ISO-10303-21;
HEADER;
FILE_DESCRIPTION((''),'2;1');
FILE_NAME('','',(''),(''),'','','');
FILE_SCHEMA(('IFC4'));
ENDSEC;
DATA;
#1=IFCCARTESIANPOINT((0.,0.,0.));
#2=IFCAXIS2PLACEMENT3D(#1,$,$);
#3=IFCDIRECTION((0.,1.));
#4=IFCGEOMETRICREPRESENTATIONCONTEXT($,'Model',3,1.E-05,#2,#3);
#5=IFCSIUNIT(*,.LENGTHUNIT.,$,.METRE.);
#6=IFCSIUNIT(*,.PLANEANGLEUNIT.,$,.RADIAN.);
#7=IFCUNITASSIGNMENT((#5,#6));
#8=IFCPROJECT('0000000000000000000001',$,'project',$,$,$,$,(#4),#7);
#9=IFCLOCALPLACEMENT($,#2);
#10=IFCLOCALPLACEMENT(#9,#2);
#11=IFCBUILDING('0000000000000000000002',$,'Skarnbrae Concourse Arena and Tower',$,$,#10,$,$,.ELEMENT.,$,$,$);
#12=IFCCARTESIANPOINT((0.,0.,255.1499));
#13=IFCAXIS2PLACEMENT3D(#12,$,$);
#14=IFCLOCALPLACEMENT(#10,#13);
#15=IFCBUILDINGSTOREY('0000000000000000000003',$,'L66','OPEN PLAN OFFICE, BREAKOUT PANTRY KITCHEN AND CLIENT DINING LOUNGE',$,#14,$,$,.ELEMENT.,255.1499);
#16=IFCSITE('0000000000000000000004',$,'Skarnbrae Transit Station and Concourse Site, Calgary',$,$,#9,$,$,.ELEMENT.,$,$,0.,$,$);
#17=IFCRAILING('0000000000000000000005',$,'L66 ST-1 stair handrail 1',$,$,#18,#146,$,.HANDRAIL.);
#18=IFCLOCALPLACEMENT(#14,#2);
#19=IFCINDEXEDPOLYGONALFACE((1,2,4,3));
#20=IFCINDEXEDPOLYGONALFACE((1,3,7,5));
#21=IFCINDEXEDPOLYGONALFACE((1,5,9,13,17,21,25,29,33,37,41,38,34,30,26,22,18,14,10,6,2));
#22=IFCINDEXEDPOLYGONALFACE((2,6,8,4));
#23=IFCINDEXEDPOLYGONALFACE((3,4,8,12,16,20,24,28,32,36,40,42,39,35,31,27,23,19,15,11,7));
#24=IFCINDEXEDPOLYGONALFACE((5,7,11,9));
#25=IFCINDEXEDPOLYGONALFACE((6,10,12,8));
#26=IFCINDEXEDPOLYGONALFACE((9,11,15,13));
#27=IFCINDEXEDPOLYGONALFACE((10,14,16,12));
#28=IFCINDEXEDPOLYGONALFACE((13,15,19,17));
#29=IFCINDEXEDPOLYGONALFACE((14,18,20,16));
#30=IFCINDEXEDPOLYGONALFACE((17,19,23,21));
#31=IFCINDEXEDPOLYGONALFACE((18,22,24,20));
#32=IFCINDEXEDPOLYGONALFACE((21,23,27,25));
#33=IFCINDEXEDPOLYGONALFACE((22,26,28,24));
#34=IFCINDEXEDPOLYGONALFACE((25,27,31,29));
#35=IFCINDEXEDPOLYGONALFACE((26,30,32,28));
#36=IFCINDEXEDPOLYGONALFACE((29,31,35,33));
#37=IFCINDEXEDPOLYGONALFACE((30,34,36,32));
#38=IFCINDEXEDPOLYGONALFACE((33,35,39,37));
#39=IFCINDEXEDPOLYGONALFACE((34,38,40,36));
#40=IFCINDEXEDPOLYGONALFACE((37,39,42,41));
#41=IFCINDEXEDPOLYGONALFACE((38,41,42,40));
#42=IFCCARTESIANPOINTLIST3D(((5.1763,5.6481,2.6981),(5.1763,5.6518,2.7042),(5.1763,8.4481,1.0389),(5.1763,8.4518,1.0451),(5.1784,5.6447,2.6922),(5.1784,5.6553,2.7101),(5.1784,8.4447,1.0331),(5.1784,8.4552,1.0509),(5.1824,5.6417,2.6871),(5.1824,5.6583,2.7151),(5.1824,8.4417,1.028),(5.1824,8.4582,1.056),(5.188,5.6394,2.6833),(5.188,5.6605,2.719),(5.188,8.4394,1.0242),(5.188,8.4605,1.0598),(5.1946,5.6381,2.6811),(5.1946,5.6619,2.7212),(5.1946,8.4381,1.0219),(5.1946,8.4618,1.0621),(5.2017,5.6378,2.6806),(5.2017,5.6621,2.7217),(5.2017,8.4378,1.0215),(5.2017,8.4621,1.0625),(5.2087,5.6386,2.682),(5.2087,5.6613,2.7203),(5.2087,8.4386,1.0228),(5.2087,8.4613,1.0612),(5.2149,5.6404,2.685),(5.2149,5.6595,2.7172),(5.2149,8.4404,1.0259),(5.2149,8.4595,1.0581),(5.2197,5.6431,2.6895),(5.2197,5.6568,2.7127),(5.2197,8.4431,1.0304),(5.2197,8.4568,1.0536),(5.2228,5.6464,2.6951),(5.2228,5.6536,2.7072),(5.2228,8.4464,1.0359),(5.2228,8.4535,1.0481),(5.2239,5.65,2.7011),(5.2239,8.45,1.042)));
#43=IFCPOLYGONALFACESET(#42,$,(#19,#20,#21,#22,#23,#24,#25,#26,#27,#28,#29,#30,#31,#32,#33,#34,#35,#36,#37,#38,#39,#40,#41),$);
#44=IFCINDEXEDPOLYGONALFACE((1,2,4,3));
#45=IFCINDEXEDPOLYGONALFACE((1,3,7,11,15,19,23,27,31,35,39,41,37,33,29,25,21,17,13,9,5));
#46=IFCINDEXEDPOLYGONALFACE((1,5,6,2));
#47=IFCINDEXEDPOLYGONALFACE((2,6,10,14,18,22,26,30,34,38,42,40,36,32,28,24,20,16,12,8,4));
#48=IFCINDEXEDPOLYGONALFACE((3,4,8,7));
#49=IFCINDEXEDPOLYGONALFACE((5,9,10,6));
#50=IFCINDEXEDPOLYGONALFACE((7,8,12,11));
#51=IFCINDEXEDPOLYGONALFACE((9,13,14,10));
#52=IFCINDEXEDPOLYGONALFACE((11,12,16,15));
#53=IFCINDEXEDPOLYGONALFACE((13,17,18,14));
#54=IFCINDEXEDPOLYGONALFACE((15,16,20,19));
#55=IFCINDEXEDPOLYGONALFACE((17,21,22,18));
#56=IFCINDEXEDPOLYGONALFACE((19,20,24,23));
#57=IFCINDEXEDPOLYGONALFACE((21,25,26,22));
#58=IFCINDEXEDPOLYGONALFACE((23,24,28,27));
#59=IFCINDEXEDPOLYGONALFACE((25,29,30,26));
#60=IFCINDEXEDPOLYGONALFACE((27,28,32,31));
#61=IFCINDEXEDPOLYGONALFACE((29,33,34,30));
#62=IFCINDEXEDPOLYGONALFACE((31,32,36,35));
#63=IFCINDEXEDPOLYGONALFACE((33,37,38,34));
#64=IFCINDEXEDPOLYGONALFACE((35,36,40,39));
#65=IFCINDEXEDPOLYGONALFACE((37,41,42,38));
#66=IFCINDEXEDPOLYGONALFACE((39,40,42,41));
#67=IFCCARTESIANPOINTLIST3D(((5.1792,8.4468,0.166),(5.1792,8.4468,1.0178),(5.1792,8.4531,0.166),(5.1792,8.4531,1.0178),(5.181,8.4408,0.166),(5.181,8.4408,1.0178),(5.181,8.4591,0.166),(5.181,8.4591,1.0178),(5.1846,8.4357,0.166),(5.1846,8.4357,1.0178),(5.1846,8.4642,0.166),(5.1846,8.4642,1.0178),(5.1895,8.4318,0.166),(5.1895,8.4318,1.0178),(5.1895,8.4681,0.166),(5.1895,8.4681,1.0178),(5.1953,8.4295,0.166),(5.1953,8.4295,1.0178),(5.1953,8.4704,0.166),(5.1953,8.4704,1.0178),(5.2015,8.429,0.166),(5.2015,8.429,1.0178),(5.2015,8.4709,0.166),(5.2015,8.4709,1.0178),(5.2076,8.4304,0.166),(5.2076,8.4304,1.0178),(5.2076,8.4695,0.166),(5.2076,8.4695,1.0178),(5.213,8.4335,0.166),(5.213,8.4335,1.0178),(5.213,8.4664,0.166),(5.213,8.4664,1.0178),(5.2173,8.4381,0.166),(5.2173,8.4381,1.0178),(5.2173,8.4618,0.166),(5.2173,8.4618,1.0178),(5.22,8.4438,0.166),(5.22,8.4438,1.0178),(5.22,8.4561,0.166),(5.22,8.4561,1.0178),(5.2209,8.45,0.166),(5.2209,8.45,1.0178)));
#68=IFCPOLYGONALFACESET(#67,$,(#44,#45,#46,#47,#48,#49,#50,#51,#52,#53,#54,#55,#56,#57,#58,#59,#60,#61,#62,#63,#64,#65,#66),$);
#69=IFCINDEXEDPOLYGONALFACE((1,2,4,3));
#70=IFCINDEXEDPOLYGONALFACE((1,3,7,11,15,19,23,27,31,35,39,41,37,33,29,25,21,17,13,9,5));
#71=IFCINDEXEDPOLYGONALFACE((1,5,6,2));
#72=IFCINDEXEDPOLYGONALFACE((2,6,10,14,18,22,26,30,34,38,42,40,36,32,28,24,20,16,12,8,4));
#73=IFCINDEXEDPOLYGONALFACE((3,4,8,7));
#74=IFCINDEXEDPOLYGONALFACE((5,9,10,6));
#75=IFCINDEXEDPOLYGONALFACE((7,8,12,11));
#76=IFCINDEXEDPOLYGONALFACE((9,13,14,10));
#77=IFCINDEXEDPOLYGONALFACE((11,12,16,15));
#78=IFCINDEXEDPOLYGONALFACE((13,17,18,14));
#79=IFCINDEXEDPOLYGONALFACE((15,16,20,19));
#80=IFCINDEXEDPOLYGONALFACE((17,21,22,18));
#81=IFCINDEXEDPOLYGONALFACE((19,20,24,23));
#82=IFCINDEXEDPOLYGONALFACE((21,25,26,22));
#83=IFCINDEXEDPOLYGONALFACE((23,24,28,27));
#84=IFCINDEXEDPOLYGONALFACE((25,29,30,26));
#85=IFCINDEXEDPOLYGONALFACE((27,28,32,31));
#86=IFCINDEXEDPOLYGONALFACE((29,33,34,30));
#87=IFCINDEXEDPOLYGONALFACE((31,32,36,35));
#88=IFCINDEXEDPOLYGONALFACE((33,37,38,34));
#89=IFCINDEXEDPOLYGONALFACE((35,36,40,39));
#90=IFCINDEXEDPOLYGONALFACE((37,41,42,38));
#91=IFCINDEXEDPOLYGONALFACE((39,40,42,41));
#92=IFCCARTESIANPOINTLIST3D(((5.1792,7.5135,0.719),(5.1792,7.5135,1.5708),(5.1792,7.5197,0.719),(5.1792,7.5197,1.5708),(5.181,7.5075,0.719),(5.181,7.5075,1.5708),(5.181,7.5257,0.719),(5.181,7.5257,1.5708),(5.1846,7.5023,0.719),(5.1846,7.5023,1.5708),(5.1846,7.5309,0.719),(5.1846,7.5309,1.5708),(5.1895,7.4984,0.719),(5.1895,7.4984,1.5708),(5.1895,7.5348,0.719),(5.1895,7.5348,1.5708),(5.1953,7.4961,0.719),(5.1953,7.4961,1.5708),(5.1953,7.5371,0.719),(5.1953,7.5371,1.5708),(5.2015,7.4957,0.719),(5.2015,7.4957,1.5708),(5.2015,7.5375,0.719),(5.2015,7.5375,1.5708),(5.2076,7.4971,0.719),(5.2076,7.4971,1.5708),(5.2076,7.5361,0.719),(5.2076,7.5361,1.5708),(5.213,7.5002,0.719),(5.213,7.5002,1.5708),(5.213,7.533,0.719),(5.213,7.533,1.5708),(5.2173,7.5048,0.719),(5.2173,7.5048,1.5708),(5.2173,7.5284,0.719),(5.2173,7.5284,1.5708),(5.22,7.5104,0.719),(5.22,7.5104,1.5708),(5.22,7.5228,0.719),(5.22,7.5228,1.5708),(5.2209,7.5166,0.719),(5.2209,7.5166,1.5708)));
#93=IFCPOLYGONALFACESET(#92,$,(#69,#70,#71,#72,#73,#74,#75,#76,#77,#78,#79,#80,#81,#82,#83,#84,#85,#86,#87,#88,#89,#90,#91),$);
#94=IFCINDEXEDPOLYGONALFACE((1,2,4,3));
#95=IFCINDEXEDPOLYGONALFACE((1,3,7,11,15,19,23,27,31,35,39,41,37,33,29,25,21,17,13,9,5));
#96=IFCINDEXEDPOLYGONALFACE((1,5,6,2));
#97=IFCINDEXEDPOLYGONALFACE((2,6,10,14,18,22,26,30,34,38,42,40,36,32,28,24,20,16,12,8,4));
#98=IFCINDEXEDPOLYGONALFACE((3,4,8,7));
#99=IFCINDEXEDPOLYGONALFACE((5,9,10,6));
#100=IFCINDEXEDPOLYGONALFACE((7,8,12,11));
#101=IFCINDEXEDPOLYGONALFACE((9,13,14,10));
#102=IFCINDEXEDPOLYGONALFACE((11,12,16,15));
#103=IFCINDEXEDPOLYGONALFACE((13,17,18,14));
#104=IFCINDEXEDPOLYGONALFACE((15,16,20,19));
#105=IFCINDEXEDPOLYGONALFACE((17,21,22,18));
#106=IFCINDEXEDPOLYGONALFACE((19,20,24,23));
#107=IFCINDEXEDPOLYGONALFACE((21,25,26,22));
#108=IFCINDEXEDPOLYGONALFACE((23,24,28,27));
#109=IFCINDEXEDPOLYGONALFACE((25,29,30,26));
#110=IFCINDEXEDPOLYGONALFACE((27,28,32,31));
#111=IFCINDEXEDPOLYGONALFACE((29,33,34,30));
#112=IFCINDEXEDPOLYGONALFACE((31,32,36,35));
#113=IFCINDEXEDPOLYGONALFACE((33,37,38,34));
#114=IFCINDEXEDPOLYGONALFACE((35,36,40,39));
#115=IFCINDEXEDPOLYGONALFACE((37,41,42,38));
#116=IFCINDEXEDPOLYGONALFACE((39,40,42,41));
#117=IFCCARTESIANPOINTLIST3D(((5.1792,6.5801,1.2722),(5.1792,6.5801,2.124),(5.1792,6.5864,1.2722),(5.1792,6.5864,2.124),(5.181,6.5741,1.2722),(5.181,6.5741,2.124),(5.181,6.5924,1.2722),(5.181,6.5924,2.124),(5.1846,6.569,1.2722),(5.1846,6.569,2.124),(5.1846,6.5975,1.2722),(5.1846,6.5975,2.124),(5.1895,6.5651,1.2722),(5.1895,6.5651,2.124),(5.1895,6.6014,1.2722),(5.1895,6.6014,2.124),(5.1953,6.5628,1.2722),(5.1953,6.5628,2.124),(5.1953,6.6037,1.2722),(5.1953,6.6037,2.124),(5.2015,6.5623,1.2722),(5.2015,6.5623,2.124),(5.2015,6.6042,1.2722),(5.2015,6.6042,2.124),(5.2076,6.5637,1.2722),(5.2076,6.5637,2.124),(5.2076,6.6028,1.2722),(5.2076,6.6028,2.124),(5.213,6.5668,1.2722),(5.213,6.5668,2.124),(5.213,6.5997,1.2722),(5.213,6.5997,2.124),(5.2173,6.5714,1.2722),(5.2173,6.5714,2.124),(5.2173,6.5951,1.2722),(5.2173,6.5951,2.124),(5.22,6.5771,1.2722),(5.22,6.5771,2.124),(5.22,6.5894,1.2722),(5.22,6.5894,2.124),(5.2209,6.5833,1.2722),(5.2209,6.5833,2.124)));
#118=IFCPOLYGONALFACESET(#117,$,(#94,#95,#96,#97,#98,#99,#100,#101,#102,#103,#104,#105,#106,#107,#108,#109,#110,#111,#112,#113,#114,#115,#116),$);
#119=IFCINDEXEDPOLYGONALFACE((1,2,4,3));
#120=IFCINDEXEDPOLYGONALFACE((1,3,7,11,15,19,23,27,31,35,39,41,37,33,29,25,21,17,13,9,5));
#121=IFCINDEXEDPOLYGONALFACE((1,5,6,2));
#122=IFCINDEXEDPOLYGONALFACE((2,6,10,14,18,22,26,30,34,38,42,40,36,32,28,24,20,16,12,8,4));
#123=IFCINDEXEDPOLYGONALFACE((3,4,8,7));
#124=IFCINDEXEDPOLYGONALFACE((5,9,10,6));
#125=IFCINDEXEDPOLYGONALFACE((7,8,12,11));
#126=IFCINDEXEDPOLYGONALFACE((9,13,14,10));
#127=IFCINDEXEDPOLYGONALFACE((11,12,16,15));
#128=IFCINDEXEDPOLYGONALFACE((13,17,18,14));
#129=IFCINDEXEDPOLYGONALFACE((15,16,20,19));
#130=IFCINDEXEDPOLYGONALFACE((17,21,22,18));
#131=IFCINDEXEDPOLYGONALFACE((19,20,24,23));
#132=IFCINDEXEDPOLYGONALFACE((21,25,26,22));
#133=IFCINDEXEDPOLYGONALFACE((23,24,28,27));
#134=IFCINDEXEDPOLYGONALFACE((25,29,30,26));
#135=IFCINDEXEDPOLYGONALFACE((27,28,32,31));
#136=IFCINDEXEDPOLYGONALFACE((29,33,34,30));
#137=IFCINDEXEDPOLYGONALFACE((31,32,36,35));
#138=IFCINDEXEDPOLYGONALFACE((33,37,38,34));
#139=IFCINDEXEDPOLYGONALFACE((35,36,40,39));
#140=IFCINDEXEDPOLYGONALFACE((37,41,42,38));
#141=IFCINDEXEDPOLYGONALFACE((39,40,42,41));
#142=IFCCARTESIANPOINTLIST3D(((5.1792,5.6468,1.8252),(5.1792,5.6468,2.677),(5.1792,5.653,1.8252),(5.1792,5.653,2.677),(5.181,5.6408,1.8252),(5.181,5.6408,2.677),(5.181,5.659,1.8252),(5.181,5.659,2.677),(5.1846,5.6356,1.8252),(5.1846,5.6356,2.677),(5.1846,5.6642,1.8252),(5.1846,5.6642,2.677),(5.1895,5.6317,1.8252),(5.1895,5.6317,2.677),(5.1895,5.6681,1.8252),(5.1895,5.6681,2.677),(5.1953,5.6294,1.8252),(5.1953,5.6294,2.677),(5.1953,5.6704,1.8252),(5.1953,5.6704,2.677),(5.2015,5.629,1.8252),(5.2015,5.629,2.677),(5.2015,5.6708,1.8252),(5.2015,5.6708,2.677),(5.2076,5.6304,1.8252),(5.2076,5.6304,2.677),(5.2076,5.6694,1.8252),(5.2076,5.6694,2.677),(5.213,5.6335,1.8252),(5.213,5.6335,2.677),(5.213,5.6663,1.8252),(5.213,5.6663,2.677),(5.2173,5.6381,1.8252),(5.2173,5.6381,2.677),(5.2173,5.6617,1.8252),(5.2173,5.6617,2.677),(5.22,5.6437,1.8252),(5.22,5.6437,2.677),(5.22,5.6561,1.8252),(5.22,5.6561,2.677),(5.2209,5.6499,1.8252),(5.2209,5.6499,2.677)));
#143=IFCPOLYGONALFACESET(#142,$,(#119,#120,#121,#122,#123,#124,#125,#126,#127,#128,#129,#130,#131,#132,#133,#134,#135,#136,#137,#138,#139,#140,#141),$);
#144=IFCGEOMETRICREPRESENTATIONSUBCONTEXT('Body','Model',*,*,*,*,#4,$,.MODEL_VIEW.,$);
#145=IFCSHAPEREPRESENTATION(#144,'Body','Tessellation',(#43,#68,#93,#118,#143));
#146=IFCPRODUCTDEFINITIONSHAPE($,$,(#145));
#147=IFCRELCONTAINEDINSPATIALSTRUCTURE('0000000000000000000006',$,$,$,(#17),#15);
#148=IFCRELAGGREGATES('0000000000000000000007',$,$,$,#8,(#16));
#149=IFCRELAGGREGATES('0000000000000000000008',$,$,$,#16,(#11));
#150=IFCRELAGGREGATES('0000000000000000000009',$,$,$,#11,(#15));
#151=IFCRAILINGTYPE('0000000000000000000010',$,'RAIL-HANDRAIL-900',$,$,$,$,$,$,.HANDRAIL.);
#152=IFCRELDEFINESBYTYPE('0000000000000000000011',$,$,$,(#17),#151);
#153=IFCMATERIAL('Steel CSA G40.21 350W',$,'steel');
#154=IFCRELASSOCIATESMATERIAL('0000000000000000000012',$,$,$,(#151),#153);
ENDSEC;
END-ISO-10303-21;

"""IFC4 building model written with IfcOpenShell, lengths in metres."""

from ifc_helpers import new_model, si_unit, direction, frame, origin, origin_2d, place, context, subcontext, project, spatial, circle, extrude, material, type_object, element, save


model = new_model("IFC4")

# Units and contexts
model_context = context("Model", 3, precision=1e-05, world=origin(), true_north=direction((0.0, 1.0)))
body_context = subcontext(model_context, "Body", "Model", "MODEL_VIEW")
ifc_project = project(units=[si_unit("LENGTHUNIT", "METRE"), si_unit("PLANEANGLEUNIT", "RADIAN")], contexts=[model_context])

# Site, building, storey
site_placement = place(None, origin())
site = spatial("IfcSite", under=ifc_project, at=site_placement, Name="Skarnbrae Transit Station and Concourse Site, Calgary", CompositionType="ELEMENT", RefElevation=0.0)
building_placement = place(site_placement, origin())
building = spatial("IfcBuilding", under=site, at=building_placement, Name="Skarnbrae Concourse Arena and Tower", CompositionType="ELEMENT")
storey_placement = place(building_placement, frame((0.0, 0.0, 255.1499)))
storey = spatial("IfcBuildingStorey", under=building, at=storey_placement, Name="L66", Description="OPEN PLAN OFFICE, BREAKOUT PANTRY KITCHEN AND CLIENT DINING LOUNGE", CompositionType="ELEMENT", Elevation=255.1499)

# Shared definitions
ifc_material_1 = material(Name="Steel CSA G40.21 350W", Category="steel")

# Railing
railing_type_1 = type_object("IfcRailingType", Name="RAIL-HANDRAIL-900", PredefinedType="HANDRAIL", material=ifc_material_1)
railing_1_placement = place(storey_placement, frame((5.2, 8.45, 0.166)))
element("IfcRailing", 1, at=railing_1_placement, inside=storey, type_object=railing_type_1, Name="L66 ST-1 stair handrail 1", PredefinedType="HANDRAIL", context=body_context, shape_type="SweptSolid", body=[
    extrude(circle(Radius=0.0239, at=origin_2d()), frame((0.0, 0.0, 0.876), z_axis=(0.0, -0.860306, 0.509778), x_axis=(1.0, 0.0, 0.0)), (0.0, 0.0, 1.0), 3.2546),
    extrude(circle(Radius=0.021, at=origin_2d()), origin(), (0.0, 0.0, 1.0), 0.8518),
    extrude(circle(Radius=0.021, at=origin_2d()), frame((0.0, -0.9333, 0.553)), (0.0, 0.0, 1.0), 0.8518),
    extrude(circle(Radius=0.021, at=origin_2d()), frame((0.0, -1.8667, 1.1062)), (0.0, 0.0, 1.0), 0.8518),
    extrude(circle(Radius=0.021, at=origin_2d()), frame((0.0, -2.8, 1.6592)), (0.0, 0.0, 1.0), 0.8518),
])

save(model, "model.ifc")
